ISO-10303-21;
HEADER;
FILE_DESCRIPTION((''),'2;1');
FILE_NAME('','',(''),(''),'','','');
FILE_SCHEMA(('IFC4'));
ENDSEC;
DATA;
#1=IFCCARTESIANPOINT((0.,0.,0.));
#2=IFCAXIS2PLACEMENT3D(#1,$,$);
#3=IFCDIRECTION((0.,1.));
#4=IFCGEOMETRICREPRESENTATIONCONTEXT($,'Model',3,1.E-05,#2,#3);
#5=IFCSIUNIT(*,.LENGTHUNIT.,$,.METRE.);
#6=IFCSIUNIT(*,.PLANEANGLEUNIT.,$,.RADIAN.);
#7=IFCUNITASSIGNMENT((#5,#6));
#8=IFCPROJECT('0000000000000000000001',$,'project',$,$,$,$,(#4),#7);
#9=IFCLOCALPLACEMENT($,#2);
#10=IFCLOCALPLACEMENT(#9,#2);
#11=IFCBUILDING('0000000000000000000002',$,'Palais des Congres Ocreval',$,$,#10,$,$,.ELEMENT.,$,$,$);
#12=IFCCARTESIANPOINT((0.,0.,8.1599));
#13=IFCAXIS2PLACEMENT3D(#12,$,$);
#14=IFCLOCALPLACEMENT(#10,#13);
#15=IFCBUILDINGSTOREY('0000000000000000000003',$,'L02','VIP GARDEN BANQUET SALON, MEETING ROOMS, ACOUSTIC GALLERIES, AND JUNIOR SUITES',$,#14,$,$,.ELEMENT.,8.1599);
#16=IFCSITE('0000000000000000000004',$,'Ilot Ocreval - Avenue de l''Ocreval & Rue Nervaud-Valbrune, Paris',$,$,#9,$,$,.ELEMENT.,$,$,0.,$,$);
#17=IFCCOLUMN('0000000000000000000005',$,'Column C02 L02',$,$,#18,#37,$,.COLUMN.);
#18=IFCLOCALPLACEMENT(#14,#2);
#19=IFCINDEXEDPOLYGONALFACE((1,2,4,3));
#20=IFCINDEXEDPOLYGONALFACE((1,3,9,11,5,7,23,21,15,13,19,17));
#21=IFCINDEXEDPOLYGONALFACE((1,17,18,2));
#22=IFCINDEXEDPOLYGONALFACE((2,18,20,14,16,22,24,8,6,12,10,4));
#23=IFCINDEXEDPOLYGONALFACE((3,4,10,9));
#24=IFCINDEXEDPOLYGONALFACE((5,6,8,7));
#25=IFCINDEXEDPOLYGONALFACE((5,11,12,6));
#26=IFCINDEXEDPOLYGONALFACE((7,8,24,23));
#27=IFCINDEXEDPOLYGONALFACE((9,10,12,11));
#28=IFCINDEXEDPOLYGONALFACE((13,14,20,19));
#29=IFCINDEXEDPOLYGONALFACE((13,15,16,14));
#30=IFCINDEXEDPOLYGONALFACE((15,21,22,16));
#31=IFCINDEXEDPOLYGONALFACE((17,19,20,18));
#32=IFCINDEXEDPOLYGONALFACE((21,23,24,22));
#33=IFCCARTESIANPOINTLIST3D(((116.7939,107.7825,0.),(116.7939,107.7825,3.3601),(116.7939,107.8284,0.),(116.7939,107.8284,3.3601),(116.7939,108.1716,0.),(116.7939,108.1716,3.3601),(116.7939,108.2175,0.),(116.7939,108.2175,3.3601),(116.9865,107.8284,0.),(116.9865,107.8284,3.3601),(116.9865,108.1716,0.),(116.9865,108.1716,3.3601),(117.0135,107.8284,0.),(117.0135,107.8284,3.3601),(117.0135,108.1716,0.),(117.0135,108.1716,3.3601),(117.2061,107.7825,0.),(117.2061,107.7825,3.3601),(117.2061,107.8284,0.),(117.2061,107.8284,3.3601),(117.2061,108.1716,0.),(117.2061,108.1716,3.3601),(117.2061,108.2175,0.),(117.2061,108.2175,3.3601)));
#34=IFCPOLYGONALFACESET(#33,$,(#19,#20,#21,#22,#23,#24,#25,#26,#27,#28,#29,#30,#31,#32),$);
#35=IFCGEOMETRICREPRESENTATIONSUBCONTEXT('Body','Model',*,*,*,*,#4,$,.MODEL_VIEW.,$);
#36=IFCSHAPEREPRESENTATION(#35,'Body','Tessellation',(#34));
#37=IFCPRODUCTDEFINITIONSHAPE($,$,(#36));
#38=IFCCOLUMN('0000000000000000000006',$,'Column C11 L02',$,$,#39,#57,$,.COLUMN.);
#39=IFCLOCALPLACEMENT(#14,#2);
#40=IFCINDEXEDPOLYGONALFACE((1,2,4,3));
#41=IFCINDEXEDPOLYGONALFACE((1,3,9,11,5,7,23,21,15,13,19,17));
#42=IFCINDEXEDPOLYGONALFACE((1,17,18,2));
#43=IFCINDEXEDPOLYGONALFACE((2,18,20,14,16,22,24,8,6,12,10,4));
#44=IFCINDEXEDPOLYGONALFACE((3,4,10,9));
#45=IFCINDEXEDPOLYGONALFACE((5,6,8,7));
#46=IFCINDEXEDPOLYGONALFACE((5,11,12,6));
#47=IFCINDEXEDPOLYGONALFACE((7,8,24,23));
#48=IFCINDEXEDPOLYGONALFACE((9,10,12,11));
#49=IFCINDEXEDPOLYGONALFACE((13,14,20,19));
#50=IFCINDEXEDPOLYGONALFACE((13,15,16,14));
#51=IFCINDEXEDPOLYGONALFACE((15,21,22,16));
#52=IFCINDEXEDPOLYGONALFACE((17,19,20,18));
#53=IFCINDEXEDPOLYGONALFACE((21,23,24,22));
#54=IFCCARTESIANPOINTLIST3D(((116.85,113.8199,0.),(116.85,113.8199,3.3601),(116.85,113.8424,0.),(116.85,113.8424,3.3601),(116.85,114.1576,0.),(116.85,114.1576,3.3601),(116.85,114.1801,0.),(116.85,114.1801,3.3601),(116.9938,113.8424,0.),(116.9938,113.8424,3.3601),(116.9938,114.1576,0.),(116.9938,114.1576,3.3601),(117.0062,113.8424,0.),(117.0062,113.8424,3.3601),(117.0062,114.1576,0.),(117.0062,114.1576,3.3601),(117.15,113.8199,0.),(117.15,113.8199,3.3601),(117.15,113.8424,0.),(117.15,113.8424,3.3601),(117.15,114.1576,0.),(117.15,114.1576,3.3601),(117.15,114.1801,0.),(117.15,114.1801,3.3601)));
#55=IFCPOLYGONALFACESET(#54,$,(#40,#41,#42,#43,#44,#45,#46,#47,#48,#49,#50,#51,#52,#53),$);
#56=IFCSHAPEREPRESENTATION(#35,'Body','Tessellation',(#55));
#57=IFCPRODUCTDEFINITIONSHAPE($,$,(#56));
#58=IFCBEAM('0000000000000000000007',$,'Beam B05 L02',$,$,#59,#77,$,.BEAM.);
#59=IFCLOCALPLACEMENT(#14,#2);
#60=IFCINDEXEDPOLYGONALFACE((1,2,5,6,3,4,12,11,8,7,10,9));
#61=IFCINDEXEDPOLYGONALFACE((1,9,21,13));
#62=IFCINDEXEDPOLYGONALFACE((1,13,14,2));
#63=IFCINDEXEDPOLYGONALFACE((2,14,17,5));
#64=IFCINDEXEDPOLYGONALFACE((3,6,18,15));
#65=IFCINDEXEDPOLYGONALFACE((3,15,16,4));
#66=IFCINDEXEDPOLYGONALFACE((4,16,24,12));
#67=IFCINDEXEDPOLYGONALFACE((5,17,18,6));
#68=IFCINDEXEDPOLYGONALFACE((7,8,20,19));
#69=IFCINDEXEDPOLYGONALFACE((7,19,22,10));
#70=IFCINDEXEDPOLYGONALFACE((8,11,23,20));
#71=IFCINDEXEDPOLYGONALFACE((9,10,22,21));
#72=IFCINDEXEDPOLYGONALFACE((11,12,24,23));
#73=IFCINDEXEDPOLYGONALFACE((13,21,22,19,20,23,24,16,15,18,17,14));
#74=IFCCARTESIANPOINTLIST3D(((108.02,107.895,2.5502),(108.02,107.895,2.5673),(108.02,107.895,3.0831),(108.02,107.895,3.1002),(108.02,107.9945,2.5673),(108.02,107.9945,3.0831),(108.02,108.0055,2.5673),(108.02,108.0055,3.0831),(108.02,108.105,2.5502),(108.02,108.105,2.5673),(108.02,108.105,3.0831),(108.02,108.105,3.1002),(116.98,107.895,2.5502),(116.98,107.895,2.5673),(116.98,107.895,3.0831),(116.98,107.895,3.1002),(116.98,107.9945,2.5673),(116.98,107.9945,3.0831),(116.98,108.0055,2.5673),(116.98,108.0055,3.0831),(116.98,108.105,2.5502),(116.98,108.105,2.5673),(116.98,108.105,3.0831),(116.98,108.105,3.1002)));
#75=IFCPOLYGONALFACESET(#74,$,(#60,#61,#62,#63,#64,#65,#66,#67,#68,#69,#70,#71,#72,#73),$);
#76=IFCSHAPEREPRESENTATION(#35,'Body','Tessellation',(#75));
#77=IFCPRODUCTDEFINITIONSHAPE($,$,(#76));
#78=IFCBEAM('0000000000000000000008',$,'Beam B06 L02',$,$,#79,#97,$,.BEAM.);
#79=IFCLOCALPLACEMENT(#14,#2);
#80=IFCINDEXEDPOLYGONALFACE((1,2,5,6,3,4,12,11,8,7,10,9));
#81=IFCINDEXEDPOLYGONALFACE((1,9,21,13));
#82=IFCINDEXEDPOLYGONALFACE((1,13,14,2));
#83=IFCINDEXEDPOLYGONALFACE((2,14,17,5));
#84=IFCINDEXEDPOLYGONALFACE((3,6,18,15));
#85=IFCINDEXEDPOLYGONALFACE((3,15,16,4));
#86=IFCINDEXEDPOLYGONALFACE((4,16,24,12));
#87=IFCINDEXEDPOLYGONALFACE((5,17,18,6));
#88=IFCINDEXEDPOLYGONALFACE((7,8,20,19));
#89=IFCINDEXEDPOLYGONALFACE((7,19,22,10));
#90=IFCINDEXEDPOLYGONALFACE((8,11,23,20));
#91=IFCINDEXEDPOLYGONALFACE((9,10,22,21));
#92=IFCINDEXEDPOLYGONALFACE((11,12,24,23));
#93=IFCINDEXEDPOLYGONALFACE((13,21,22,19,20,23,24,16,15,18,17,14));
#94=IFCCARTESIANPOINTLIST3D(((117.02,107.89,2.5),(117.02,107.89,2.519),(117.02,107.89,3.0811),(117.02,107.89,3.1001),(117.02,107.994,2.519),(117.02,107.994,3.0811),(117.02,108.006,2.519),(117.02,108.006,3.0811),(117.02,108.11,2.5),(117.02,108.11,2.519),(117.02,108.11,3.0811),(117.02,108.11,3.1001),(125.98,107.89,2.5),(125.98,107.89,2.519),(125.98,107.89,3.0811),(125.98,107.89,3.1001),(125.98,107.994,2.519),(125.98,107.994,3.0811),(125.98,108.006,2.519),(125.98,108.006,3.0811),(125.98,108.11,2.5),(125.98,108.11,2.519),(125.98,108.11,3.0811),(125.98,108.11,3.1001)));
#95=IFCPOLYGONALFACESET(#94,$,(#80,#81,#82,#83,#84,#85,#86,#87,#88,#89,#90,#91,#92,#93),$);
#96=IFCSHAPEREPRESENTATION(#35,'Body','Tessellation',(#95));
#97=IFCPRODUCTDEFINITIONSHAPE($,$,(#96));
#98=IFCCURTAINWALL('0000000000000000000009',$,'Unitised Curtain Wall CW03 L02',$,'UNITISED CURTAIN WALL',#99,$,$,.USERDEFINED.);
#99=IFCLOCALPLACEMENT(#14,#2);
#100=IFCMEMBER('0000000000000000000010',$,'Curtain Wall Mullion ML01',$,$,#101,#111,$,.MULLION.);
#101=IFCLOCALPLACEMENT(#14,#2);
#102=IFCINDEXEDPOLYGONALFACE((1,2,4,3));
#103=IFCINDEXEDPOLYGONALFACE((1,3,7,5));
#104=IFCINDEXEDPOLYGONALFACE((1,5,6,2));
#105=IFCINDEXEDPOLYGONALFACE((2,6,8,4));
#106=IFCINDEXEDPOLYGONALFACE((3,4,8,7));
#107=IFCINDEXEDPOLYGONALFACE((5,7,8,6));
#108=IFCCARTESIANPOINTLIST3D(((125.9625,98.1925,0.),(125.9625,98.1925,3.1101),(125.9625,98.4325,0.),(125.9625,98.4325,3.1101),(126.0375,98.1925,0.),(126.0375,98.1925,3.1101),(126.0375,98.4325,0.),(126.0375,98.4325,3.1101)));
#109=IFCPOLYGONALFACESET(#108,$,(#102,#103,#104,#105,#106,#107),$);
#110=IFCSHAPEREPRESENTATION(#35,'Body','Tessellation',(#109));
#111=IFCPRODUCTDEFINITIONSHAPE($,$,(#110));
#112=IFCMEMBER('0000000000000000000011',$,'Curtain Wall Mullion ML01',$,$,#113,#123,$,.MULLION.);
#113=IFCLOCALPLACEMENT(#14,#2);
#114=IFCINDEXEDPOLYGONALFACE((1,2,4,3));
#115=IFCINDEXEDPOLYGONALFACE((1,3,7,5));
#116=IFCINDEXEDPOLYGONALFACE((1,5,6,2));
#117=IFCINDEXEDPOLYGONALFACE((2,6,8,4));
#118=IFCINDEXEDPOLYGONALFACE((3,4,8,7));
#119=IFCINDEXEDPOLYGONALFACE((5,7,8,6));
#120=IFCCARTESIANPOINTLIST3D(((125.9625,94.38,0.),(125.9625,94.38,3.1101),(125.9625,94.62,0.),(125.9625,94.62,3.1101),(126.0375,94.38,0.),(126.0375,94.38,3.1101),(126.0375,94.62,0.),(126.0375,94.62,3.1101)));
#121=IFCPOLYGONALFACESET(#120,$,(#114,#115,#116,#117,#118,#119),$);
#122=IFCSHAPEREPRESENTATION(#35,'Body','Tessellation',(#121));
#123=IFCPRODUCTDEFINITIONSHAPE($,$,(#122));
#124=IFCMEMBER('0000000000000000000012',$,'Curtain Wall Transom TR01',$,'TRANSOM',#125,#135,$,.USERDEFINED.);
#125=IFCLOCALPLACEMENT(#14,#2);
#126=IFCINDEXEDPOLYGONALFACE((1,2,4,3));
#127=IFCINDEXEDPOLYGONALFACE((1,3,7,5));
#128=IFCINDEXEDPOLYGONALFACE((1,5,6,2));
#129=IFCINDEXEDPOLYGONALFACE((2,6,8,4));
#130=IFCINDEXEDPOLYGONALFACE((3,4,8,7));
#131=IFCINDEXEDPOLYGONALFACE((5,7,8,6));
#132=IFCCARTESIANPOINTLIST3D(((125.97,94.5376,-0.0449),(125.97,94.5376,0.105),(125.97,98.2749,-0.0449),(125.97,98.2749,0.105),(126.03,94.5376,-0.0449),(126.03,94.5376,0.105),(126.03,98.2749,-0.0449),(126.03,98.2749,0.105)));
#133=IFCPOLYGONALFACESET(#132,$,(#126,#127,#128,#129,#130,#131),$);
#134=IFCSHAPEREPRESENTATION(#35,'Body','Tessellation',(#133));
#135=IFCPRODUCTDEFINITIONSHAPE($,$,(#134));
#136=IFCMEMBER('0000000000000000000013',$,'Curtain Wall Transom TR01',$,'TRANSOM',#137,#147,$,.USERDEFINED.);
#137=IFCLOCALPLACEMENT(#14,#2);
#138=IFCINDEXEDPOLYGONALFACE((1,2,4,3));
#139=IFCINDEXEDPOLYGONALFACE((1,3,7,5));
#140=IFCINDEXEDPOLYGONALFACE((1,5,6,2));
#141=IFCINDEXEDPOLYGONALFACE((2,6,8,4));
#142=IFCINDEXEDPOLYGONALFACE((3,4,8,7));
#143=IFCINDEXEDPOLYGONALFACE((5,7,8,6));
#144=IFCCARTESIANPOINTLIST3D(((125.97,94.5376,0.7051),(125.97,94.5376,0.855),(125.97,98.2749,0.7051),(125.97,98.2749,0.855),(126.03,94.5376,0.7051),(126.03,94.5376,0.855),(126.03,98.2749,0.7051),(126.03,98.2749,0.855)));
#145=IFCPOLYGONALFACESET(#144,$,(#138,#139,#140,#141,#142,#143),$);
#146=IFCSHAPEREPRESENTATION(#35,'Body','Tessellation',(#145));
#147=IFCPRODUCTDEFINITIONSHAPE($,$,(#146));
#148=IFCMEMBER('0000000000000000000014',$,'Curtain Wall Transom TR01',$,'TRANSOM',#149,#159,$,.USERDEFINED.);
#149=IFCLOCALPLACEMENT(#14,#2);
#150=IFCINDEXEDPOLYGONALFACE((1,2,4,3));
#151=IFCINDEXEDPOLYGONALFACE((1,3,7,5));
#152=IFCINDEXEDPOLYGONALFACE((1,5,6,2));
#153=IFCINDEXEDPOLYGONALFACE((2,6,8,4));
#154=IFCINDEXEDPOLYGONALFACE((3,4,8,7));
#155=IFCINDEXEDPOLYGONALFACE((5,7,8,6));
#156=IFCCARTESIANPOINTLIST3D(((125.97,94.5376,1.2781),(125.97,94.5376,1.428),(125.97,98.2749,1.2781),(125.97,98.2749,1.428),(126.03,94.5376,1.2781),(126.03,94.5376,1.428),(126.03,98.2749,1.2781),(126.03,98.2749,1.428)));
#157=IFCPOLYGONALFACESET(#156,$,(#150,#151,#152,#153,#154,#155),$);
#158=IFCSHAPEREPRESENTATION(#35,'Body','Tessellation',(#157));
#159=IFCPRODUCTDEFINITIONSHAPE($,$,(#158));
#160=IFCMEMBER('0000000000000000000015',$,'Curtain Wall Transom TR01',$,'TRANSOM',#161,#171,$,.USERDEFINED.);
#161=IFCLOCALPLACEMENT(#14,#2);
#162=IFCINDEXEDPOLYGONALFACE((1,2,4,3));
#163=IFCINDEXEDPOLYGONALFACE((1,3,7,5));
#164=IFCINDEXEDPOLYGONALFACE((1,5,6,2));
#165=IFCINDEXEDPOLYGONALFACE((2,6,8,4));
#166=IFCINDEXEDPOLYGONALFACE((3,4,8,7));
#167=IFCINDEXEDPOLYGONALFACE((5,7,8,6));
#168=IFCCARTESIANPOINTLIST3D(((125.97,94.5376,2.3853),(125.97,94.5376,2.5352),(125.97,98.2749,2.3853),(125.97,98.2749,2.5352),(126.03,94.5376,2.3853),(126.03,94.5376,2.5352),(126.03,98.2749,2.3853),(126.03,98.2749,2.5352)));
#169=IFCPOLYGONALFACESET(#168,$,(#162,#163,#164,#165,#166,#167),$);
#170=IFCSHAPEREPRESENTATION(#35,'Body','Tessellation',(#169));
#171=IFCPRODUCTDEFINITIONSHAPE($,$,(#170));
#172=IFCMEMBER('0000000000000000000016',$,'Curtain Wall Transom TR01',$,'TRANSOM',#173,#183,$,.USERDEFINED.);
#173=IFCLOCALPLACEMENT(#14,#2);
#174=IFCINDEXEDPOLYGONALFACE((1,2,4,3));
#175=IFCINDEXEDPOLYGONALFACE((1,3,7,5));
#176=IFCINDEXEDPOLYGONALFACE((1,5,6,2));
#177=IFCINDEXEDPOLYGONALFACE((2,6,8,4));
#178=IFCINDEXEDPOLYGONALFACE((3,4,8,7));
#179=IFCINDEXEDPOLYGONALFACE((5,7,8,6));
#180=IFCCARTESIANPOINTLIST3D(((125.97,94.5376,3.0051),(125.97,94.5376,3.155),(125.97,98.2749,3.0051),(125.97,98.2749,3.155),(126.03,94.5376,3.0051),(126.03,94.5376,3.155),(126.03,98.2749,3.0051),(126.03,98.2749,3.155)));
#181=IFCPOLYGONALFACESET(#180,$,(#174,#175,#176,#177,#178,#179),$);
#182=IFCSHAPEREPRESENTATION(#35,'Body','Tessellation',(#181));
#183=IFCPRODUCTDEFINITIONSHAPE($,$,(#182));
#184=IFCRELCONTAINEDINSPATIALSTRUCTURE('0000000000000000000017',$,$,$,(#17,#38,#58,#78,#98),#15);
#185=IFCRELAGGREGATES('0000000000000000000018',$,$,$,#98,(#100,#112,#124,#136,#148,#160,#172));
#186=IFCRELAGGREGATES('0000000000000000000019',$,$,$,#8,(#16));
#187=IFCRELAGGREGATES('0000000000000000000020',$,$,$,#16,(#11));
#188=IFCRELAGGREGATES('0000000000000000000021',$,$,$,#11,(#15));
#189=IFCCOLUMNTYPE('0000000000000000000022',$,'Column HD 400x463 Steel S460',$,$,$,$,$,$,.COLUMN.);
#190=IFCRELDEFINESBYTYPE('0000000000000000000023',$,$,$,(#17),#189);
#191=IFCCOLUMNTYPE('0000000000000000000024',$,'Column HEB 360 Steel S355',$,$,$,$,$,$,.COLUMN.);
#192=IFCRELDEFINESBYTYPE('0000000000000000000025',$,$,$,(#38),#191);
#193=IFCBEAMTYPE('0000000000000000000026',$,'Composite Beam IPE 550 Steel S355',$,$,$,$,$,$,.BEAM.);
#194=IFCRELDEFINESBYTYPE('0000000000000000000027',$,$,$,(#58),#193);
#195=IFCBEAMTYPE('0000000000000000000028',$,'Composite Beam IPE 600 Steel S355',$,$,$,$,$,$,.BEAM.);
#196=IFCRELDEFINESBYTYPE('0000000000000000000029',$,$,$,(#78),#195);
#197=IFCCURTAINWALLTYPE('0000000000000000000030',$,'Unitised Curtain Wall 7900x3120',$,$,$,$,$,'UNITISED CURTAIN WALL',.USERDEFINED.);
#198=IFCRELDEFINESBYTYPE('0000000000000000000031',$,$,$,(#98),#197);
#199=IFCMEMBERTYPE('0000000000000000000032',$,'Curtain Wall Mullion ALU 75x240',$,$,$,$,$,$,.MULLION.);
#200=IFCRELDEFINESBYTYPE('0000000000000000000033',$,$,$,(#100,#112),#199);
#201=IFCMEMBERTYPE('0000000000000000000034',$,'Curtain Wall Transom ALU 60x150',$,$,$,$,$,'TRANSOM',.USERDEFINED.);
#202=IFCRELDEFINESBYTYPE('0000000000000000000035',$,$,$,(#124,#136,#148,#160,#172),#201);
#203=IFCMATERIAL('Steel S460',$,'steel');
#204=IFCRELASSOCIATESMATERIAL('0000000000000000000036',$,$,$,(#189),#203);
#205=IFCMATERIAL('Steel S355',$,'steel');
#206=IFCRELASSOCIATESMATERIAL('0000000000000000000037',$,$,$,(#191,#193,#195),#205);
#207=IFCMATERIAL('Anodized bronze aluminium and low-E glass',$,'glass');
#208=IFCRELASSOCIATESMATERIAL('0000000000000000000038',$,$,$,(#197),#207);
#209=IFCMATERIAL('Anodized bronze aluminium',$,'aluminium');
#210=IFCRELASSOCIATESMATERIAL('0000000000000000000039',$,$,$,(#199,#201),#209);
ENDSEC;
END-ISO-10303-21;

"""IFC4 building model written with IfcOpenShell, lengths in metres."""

from ifc_helpers import new_model, si_unit, direction, frame, origin, origin_2d, place, context, subcontext, project, spatial, rectangle, i_section, extrude, material, material_profile, profile_set, type_object, element, aggregate, save


model = new_model("IFC4")

# Units and contexts
model_context = context("Model", 3, precision=1e-05, world=origin(), true_north=direction((0.0, 1.0)))
body_context = subcontext(model_context, "Body", "Model", "MODEL_VIEW")
ifc_project = project(units=[si_unit("LENGTHUNIT", "METRE"), si_unit("PLANEANGLEUNIT", "RADIAN")], contexts=[model_context])

# Site, building, storey
site_placement = place(None, origin())
site = spatial("IfcSite", under=ifc_project, at=site_placement, Name="Ilot Ocreval - Avenue de l'Ocreval & Rue Nervaud-Valbrune, Paris", CompositionType="ELEMENT", RefElevation=0.0)
building_placement = place(site_placement, origin())
building = spatial("IfcBuilding", under=site, at=building_placement, Name="Palais des Congres Ocreval", CompositionType="ELEMENT")
storey_placement = place(building_placement, frame((0.0, 0.0, 8.1599)))
storey = spatial("IfcBuildingStorey", under=building, at=storey_placement, Name="L02", Description="VIP GARDEN BANQUET SALON, MEETING ROOMS, ACOUSTIC GALLERIES, AND JUNIOR SUITES", CompositionType="ELEMENT", Elevation=8.1599)

# Columns
ifc_material_1 = material(Name="Steel S460", Category="steel")
ifc_material_profile_1 = material_profile(ifc_material_1, i_section(OverallWidth=0.4121, OverallDepth=0.4351, WebThickness=0.0271, FlangeThickness=0.0459, at=origin_2d()), Name="HD 400x463")
ifc_profile_set_1 = profile_set([ifc_material_profile_1], Name="Steel S460")
column_type_1 = type_object("IfcColumnType", Name="Column HD 400x463 Steel S460", PredefinedType="COLUMN", material=ifc_profile_set_1)
column_1_placement = place(storey_placement, frame((117.0, 108.0, 0.0), z_axis=(0.0, 0.0, 1.0), x_axis=(1.0, 0.0, 0.0)))
element("IfcColumn", 1, at=column_1_placement, inside=storey, type_object=column_type_1, Name="Column C02 L02", PredefinedType="COLUMN", context=body_context, shape_type="SweptSolid", body=[
    extrude(i_section(OverallWidth=0.4121, OverallDepth=0.4351, WebThickness=0.0271, FlangeThickness=0.0459, at=origin_2d()), origin(), (0.0, 0.0, 1.0), 3.3601),
])
ifc_material_2 = material(Name="Steel S355", Category="steel")
ifc_material_profile_2 = material_profile(ifc_material_2, i_section(OverallWidth=0.3, OverallDepth=0.3601, WebThickness=0.0125, FlangeThickness=0.0225, at=origin_2d()), Name="HEB 360")
ifc_profile_set_2 = profile_set([ifc_material_profile_2], Name="Steel S355")
column_type_2 = type_object("IfcColumnType", Name="Column HEB 360 Steel S355", PredefinedType="COLUMN", material=ifc_profile_set_2)
column_2_placement = place(storey_placement, frame((117.0, 114.0, 0.0), z_axis=(0.0, 0.0, 1.0), x_axis=(1.0, 0.0, 0.0)))
element("IfcColumn", 2, at=column_2_placement, inside=storey, type_object=column_type_2, Name="Column C11 L02", PredefinedType="COLUMN", context=body_context, shape_type="SweptSolid", body=[
    extrude(i_section(OverallWidth=0.3, OverallDepth=0.3601, WebThickness=0.0125, FlangeThickness=0.0225, at=origin_2d()), origin(), (0.0, 0.0, 1.0), 3.3601),
])

# Beams
ifc_material_profile_3 = material_profile(ifc_material_2, i_section(OverallWidth=0.21, OverallDepth=0.55, WebThickness=0.011, FlangeThickness=0.0171, at=origin_2d()), Name="IPE 550")
ifc_profile_set_3 = profile_set([ifc_material_profile_3], Name="Steel S355")
beam_type_1 = type_object("IfcBeamType", Name="Composite Beam IPE 550 Steel S355", PredefinedType="BEAM", material=ifc_profile_set_3)
beam_1_placement = place(storey_placement, frame((108.02, 108.0, 2.8252), z_axis=(1.0, 0.0, 0.0), x_axis=(0.0, 1.0, 0.0)))
element("IfcBeam", 3, at=beam_1_placement, inside=storey, type_object=beam_type_1, Name="Beam B05 L02", PredefinedType="BEAM", context=body_context, shape_type="SweptSolid", body=[
    extrude(i_section(OverallWidth=0.21, OverallDepth=0.55, WebThickness=0.011, FlangeThickness=0.0171, at=origin_2d()), origin(), (0.0, 0.0, 1.0), 8.96),
])
ifc_material_profile_4 = material_profile(ifc_material_2, i_section(OverallWidth=0.22, OverallDepth=0.6001, WebThickness=0.012, FlangeThickness=0.019, at=origin_2d()), Name="IPE 600")
ifc_profile_set_4 = profile_set([ifc_material_profile_4], Name="Steel S355")
beam_type_2 = type_object("IfcBeamType", Name="Composite Beam IPE 600 Steel S355", PredefinedType="BEAM", material=ifc_profile_set_4)
beam_2_placement = place(storey_placement, frame((117.02, 108.0, 2.8), z_axis=(1.0, 0.0, 0.0), x_axis=(0.0, 1.0, 0.0)))
element("IfcBeam", 4, at=beam_2_placement, inside=storey, type_object=beam_type_2, Name="Beam B06 L02", PredefinedType="BEAM", context=body_context, shape_type="SweptSolid", body=[
    extrude(i_section(OverallWidth=0.22, OverallDepth=0.6001, WebThickness=0.012, FlangeThickness=0.019, at=origin_2d()), origin(), (0.0, 0.0, 1.0), 8.96),
])

# Curtain wall, members
ifc_material_3 = material(Name="Anodized bronze aluminium and low-E glass", Category="glass")
curtain_wall_type = type_object("IfcCurtainWallType", Name="Unitised Curtain Wall 7900x3120", ElementType="UNITISED CURTAIN WALL", PredefinedType="USERDEFINED", material=ifc_material_3)
curtain_wall_placement = place(storey_placement, origin())
curtain_wall = element("IfcCurtainWall", 5, at=curtain_wall_placement, inside=storey, type_object=curtain_wall_type, Name="Unitised Curtain Wall CW03 L02", ObjectType="UNITISED CURTAIN WALL", PredefinedType="USERDEFINED")
ifc_material_4 = material(Name="Anodized bronze aluminium", Category="aluminium")
ifc_material_profile_5 = material_profile(ifc_material_4, rectangle(XDim=0.075, YDim=0.24, at=origin_2d()), Name="ALU 75x240")
ifc_profile_set_5 = profile_set([ifc_material_profile_5], Name="Anodized bronze aluminium")
member_type_1 = type_object("IfcMemberType", Name="Curtain Wall Mullion ALU 75x240", PredefinedType="MULLION", material=ifc_profile_set_5)
member_1_placement = place(storey_placement, frame((126.0, 98.3125, 0.0), z_axis=(0.0, 0.0, 1.0), x_axis=(1.0, 0.0, 0.0)))
member_1 = element("IfcMember", 6, at=member_1_placement, type_object=member_type_1, Name="Curtain Wall Mullion ML01", PredefinedType="MULLION", context=body_context, shape_type="SweptSolid", body=[
    extrude(rectangle(XDim=0.075, YDim=0.24, at=origin_2d()), origin(), (0.0, 0.0, 1.0), 3.1101),
])
member_2_placement = place(storey_placement, frame((126.0, 94.5, 0.0), z_axis=(0.0, 0.0, 1.0), x_axis=(1.0, 0.0, 0.0)))
member_2 = element("IfcMember", 7, at=member_2_placement, type_object=member_type_1, Name="Curtain Wall Mullion ML01", PredefinedType="MULLION", context=body_context, shape_type="SweptSolid", body=[
    extrude(rectangle(XDim=0.075, YDim=0.24, at=origin_2d()), origin(), (0.0, 0.0, 1.0), 3.1101),
])
ifc_material_profile_6 = material_profile(ifc_material_4, rectangle(XDim=0.0601, YDim=0.1499, at=origin_2d()), Name="ALU 60x150")
ifc_profile_set_6 = profile_set([ifc_material_profile_6], Name="Anodized bronze aluminium")
member_type_2 = type_object("IfcMemberType", Name="Curtain Wall Transom ALU 60x150", ElementType="TRANSOM", PredefinedType="USERDEFINED", material=ifc_profile_set_6)
member_3_placement = place(storey_placement, frame((126.0, 98.2749, 0.03), z_axis=(0.0, -1.0, 0.0), x_axis=(1.0, 0.0, 0.0)))
member_3 = element("IfcMember", 8, at=member_3_placement, type_object=member_type_2, Name="Curtain Wall Transom TR01", ObjectType="TRANSOM", PredefinedType="USERDEFINED", context=body_context, shape_type="SweptSolid", body=[
    extrude(rectangle(XDim=0.0601, YDim=0.1499, at=origin_2d()), origin(), (0.0, 0.0, 1.0), 3.7373),
])
member_4_placement = place(storey_placement, frame((126.0, 98.2749, 0.78), z_axis=(0.0, -1.0, 0.0), x_axis=(1.0, 0.0, 0.0)))
member_4 = element("IfcMember", 9, at=member_4_placement, type_object=member_type_2, Name="Curtain Wall Transom TR01", ObjectType="TRANSOM", PredefinedType="USERDEFINED", context=body_context, shape_type="SweptSolid", body=[
    extrude(rectangle(XDim=0.0601, YDim=0.1499, at=origin_2d()), origin(), (0.0, 0.0, 1.0), 3.7373),
])
member_5_placement = place(storey_placement, frame((126.0, 98.2749, 1.353), z_axis=(0.0, -1.0, 0.0), x_axis=(1.0, 0.0, 0.0)))
member_5 = element("IfcMember", 10, at=member_5_placement, type_object=member_type_2, Name="Curtain Wall Transom TR01", ObjectType="TRANSOM", PredefinedType="USERDEFINED", context=body_context, shape_type="SweptSolid", body=[
    extrude(rectangle(XDim=0.0601, YDim=0.1499, at=origin_2d()), origin(), (0.0, 0.0, 1.0), 3.7373),
])
member_6_placement = place(storey_placement, frame((126.0, 98.2749, 2.4602), z_axis=(0.0, -1.0, 0.0), x_axis=(1.0, 0.0, 0.0)))
member_6 = element("IfcMember", 11, at=member_6_placement, type_object=member_type_2, Name="Curtain Wall Transom TR01", ObjectType="TRANSOM", PredefinedType="USERDEFINED", context=body_context, shape_type="SweptSolid", body=[
    extrude(rectangle(XDim=0.0601, YDim=0.1499, at=origin_2d()), origin(), (0.0, 0.0, 1.0), 3.7373),
])
member_7_placement = place(storey_placement, frame((126.0, 98.2749, 3.0801), z_axis=(0.0, -1.0, 0.0), x_axis=(1.0, 0.0, 0.0)))
member_7 = element("IfcMember", 12, at=member_7_placement, type_object=member_type_2, Name="Curtain Wall Transom TR01", ObjectType="TRANSOM", PredefinedType="USERDEFINED", context=body_context, shape_type="SweptSolid", body=[
    extrude(rectangle(XDim=0.0601, YDim=0.1499, at=origin_2d()), origin(), (0.0, 0.0, 1.0), 3.7373),
])

aggregate(curtain_wall, [member_1, member_2, member_3, member_4, member_5, member_6, member_7])

save(model, "model.ifc")
